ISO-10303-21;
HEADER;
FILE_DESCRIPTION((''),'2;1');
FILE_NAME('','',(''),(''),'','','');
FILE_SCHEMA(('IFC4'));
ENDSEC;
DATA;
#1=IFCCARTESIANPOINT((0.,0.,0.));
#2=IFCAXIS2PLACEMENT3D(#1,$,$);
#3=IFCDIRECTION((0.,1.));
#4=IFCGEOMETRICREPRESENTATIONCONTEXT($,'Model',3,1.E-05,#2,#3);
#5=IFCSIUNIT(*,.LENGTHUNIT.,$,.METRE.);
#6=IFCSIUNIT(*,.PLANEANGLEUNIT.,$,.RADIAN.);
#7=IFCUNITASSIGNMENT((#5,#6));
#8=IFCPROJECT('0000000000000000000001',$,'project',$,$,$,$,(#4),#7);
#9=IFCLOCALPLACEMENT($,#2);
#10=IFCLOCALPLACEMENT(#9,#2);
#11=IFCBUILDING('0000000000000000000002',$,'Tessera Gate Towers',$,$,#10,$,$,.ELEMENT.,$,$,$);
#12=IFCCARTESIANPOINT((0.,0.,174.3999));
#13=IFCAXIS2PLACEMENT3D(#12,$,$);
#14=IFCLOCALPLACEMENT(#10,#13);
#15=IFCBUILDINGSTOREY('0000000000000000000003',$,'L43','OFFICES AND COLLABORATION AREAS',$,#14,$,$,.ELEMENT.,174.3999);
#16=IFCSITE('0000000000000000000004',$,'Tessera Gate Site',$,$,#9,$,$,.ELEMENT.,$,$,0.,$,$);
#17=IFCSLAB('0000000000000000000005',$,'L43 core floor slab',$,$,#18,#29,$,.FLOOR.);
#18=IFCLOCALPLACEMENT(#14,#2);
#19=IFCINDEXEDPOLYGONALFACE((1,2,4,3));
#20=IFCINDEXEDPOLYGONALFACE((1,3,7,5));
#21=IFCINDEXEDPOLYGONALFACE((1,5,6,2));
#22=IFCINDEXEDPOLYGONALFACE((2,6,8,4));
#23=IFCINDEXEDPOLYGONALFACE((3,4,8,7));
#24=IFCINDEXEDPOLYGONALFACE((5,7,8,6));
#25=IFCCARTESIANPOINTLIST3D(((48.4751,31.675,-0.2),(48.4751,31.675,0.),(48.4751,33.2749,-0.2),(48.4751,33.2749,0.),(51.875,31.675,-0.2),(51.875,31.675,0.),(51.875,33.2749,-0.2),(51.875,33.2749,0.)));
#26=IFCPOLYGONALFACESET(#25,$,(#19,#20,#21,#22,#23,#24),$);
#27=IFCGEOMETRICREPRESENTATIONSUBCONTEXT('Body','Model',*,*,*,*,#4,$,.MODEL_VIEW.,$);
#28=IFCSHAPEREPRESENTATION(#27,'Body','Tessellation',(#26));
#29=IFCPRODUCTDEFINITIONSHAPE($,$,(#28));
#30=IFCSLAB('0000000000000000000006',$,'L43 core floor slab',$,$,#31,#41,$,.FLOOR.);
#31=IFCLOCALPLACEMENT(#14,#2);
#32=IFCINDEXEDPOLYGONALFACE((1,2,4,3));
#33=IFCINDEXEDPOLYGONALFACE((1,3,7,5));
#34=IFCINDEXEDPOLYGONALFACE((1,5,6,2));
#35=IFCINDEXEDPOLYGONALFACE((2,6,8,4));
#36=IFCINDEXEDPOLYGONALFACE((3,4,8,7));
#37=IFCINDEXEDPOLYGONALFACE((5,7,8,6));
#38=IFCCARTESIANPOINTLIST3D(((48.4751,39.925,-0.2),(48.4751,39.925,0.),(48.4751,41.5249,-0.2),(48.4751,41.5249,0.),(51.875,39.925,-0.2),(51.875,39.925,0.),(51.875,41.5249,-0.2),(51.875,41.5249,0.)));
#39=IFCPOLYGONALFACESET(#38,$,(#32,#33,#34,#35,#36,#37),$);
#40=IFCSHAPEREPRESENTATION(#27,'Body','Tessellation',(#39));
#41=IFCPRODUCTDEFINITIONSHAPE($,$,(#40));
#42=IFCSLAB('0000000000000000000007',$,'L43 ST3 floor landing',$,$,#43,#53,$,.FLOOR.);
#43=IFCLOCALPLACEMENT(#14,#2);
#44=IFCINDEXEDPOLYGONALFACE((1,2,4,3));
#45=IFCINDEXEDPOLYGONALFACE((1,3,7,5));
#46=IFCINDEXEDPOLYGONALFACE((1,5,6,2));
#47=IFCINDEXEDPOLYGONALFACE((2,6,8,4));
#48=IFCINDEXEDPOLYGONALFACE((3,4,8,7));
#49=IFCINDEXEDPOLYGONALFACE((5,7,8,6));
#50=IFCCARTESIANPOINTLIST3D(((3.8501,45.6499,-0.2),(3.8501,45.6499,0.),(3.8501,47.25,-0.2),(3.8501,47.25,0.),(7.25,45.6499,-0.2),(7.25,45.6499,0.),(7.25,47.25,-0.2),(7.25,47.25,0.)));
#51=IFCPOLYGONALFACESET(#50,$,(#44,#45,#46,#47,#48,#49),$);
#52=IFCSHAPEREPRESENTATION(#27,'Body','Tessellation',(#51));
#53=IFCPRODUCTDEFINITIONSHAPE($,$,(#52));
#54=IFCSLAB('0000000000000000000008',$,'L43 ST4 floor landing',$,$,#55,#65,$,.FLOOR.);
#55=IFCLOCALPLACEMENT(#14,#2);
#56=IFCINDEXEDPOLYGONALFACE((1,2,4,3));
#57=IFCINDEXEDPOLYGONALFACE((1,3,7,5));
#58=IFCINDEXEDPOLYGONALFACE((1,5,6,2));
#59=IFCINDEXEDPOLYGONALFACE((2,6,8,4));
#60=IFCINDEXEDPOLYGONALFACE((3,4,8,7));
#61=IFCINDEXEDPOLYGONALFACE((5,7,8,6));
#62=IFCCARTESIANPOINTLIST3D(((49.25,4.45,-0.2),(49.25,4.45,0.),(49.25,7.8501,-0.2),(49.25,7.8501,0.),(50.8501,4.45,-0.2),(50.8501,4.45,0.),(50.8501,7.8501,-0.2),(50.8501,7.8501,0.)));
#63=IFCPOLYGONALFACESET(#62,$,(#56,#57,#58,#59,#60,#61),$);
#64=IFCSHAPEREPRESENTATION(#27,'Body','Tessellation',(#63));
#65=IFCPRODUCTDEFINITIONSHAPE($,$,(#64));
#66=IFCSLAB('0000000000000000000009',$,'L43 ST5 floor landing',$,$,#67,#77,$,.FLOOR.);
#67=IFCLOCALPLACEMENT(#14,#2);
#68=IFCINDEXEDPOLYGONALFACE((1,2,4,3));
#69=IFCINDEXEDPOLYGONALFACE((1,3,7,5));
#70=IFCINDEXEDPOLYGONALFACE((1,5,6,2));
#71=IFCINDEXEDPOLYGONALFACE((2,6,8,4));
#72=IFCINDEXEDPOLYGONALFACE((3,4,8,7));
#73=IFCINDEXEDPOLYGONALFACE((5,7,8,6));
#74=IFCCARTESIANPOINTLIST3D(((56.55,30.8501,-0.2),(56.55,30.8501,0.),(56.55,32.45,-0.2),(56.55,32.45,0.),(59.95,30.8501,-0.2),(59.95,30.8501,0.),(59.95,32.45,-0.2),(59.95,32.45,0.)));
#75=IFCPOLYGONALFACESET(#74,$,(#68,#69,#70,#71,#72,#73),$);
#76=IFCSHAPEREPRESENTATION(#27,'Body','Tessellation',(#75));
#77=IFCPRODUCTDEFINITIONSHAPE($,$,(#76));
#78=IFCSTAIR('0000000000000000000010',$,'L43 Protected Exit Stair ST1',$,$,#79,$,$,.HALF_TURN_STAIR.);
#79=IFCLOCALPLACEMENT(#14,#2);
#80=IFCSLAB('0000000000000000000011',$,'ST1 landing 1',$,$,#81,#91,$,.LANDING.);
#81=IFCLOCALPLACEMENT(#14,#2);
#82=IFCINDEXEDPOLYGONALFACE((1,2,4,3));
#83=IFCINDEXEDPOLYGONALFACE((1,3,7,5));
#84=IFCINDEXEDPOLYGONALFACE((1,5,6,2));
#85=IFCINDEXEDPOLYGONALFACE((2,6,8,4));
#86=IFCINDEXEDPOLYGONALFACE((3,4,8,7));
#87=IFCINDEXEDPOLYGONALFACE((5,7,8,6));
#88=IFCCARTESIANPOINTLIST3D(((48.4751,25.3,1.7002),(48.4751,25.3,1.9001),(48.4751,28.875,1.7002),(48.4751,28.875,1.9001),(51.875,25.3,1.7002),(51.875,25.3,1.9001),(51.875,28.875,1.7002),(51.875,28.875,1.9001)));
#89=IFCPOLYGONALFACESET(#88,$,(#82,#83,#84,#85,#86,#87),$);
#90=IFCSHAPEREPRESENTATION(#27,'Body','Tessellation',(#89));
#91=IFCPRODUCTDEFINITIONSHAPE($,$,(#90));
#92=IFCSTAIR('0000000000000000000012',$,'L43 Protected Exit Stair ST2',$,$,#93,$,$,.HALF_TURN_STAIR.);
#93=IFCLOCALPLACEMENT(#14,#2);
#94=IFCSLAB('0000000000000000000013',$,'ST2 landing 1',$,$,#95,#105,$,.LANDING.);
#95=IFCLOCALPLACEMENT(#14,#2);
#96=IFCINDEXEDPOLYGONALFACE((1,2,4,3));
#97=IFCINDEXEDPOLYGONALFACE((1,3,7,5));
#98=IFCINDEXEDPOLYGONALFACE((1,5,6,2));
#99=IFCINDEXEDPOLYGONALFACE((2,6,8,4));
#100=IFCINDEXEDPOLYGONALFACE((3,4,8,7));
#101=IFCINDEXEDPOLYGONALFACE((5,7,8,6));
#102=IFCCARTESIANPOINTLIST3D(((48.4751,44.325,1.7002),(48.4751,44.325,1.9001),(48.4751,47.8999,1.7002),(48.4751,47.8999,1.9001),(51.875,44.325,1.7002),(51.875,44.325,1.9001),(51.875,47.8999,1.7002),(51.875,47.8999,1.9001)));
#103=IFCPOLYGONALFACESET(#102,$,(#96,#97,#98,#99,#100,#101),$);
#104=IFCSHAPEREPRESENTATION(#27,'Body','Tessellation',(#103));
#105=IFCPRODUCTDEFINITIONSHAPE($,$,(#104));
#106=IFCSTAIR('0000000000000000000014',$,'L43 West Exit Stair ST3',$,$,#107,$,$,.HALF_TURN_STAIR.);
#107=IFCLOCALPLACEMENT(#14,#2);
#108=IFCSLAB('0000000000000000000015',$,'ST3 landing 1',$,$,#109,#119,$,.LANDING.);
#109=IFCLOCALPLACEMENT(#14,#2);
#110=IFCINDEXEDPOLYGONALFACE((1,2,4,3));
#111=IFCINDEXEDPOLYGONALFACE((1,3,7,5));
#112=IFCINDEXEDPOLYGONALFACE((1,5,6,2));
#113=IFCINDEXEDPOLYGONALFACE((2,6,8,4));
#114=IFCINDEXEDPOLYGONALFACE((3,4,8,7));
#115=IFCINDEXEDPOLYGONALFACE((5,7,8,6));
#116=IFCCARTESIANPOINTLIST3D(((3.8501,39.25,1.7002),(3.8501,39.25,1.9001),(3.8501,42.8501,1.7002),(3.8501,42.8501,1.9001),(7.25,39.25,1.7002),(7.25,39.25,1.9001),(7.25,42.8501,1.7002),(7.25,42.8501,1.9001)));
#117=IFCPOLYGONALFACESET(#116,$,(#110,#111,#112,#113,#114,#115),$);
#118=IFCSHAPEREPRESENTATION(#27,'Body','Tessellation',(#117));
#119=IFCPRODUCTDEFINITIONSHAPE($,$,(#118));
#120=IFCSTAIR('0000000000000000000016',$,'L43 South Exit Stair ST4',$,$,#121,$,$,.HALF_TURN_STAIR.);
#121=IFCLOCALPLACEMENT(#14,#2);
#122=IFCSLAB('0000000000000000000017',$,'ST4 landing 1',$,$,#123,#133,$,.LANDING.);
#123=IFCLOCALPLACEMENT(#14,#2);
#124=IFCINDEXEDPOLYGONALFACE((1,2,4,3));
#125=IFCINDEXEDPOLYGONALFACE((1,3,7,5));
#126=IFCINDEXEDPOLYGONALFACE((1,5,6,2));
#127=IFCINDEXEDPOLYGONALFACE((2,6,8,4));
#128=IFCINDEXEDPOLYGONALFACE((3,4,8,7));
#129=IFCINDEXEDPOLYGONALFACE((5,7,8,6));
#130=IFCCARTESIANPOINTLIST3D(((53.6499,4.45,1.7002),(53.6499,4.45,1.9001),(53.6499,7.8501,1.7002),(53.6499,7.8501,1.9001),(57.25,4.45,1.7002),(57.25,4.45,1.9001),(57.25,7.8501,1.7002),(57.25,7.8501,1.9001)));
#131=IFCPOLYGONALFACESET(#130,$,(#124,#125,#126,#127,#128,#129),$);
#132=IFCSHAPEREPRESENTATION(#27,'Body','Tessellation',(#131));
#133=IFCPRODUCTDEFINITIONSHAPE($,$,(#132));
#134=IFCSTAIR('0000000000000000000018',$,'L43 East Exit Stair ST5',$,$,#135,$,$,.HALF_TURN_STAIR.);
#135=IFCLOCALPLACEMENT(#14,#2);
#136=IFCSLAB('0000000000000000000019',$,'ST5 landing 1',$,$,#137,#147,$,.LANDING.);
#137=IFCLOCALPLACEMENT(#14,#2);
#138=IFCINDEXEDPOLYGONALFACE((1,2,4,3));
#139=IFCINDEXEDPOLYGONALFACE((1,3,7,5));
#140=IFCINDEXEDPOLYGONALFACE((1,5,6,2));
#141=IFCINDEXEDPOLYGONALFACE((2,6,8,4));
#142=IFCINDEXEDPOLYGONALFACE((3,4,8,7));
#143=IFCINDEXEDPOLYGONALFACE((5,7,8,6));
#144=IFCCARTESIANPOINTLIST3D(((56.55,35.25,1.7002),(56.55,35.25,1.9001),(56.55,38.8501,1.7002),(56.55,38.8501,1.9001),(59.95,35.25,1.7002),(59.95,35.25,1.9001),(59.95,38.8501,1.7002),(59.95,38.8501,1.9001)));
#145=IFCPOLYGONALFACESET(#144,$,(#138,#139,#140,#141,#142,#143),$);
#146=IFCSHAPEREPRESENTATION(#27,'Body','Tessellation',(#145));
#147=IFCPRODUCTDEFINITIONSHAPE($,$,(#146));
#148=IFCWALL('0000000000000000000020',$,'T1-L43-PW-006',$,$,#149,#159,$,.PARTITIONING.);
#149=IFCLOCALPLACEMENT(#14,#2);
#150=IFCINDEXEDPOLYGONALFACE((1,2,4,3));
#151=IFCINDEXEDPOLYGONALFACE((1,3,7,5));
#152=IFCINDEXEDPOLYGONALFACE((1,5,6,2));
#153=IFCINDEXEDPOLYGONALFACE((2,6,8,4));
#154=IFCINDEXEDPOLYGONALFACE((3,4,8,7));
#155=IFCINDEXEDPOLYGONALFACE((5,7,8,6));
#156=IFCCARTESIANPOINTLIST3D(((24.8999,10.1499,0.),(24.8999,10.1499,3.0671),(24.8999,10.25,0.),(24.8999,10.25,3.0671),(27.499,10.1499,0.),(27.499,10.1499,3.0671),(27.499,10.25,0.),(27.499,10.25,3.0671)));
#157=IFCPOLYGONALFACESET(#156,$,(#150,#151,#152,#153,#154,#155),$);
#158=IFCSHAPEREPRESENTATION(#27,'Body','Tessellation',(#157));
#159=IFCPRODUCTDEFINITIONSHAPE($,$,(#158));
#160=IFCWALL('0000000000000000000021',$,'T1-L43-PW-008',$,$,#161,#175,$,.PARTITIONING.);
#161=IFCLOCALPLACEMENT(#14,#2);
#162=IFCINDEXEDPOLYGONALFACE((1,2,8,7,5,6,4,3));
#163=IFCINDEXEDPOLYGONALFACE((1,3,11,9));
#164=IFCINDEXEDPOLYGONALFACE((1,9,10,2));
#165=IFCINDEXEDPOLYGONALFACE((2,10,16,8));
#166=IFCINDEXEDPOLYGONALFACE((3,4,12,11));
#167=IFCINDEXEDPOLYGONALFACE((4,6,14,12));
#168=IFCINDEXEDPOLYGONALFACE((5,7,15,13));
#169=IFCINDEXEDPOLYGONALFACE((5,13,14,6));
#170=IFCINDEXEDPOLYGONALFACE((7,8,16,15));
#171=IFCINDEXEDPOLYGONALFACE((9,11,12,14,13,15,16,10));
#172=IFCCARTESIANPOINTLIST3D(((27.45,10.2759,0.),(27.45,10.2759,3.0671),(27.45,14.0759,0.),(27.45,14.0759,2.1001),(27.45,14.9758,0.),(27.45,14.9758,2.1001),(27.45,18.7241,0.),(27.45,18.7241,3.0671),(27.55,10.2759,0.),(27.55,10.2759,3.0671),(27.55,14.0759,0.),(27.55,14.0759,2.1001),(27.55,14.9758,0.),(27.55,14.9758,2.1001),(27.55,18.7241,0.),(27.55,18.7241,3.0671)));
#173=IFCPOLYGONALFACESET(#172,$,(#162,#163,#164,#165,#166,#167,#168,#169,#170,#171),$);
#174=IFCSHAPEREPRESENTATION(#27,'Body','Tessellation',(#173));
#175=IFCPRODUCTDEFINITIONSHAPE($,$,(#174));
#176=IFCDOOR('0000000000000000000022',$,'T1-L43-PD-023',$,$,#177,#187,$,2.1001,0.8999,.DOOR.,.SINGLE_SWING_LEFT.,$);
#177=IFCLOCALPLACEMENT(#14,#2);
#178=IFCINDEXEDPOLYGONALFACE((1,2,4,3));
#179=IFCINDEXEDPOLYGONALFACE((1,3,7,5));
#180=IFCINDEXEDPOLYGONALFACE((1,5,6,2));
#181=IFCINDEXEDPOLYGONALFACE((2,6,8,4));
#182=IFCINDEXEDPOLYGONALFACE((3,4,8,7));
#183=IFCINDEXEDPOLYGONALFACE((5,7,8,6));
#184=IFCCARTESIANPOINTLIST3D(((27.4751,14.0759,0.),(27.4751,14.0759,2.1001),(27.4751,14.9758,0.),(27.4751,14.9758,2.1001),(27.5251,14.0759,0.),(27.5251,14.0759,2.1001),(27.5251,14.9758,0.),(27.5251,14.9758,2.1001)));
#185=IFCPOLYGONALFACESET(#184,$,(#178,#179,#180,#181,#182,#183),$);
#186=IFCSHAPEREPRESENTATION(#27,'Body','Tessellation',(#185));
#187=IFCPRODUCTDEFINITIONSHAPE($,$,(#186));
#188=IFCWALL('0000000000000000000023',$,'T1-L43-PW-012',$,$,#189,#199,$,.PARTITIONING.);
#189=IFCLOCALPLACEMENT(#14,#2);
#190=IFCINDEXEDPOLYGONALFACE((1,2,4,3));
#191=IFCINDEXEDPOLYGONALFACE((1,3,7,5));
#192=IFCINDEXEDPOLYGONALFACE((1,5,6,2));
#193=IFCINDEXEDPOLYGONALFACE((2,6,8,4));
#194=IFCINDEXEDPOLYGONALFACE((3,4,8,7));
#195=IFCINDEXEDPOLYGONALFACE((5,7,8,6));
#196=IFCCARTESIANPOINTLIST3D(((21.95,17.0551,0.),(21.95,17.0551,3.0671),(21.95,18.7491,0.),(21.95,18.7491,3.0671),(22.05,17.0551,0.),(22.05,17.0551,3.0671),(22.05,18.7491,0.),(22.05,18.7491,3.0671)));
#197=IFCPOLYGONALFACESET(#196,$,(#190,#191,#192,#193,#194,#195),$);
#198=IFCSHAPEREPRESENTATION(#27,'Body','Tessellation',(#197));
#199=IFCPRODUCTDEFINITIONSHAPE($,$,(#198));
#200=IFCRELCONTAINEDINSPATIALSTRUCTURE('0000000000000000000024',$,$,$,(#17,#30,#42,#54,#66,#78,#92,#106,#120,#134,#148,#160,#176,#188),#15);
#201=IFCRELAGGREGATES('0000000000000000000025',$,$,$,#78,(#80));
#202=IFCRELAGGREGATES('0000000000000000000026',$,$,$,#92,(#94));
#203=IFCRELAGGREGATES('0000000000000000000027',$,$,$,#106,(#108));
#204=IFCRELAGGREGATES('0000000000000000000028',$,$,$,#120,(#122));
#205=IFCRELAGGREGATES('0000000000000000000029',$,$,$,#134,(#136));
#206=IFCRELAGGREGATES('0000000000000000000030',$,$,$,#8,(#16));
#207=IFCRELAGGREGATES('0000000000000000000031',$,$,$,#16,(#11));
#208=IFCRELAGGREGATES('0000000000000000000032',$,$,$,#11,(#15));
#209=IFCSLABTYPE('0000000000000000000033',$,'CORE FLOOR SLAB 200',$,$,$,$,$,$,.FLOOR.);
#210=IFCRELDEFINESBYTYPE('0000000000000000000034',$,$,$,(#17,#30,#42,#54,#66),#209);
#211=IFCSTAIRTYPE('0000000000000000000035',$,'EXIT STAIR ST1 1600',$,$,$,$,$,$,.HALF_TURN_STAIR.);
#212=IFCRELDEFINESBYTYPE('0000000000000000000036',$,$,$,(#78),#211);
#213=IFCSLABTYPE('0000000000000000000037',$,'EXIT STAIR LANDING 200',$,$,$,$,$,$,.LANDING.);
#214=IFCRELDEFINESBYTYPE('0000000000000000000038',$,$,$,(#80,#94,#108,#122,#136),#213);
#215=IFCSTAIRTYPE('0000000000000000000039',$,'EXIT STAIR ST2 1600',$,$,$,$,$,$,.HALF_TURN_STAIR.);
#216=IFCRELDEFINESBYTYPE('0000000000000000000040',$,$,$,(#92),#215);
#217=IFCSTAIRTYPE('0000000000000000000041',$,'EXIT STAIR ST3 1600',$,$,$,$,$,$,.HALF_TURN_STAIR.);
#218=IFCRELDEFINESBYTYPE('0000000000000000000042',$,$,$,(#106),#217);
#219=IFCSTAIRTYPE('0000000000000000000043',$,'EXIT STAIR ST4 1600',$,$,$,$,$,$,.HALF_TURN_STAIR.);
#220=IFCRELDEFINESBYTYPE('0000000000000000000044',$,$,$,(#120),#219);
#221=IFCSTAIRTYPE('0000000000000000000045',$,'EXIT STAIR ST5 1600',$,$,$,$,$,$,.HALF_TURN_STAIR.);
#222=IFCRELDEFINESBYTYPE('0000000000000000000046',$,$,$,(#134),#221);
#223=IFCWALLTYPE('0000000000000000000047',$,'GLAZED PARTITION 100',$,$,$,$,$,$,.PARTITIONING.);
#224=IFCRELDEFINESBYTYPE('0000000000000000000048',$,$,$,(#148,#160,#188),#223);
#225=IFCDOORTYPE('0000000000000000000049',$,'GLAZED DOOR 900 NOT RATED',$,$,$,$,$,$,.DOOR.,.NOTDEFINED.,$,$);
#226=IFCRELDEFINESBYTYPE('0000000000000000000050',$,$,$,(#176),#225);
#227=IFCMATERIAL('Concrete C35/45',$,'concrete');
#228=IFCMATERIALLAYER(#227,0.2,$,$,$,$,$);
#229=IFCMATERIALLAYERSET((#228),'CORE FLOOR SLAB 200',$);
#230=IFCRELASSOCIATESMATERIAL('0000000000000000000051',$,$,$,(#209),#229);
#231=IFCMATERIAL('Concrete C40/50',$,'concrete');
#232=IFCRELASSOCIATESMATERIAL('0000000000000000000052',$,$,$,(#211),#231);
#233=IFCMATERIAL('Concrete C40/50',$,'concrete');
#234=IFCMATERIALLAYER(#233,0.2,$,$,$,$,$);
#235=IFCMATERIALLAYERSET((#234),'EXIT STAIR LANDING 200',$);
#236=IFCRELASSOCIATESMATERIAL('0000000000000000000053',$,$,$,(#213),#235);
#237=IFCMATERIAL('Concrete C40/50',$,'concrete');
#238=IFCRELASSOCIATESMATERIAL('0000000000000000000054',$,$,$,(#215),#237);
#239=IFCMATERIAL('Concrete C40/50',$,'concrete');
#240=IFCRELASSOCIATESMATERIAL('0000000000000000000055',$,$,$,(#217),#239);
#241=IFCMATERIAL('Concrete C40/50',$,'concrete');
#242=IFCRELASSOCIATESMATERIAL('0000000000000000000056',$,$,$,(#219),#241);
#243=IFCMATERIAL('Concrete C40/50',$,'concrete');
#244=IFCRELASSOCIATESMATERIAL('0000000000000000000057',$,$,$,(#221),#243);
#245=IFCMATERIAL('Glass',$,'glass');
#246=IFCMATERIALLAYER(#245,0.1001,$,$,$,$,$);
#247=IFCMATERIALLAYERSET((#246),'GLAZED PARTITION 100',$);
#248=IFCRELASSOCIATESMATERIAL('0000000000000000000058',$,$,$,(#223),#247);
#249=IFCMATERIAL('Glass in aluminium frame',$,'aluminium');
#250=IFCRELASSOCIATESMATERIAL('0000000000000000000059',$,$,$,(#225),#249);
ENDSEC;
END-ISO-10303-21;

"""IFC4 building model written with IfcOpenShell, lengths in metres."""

from ifc_helpers import new_model, si_unit, direction, frame, frame_2d, origin, place, context, subcontext, project, spatial, polyline, rectangle, outline, extrude, source, transform, mapped, material, layer, layer_set, type_object, element, fill, aggregate, save


model = new_model("IFC4")

# Units and contexts
model_context = context("Model", 3, precision=1e-05, world=origin(), true_north=direction((0.0, 1.0)))
body_context = subcontext(model_context, "Body", "Model", "MODEL_VIEW")
ifc_project = project(units=[si_unit("LENGTHUNIT", "METRE"), si_unit("PLANEANGLEUNIT", "RADIAN")], contexts=[model_context])

# Site, building, storey
site_placement = place(None, origin())
site = spatial("IfcSite", under=ifc_project, at=site_placement, Name="Tessera Gate Site", CompositionType="ELEMENT", RefElevation=0.0)
building_placement = place(site_placement, origin())
building = spatial("IfcBuilding", under=site, at=building_placement, Name="Tessera Gate Towers", CompositionType="ELEMENT")
storey_placement = place(building_placement, frame((0.0, 0.0, 174.3999)))
storey = spatial("IfcBuildingStorey", under=building, at=storey_placement, Name="L43", Description="OFFICES AND COLLABORATION AREAS", CompositionType="ELEMENT", Elevation=174.3999)

# Slabs
ifc_material_1 = material(Name="Concrete C35/45", Category="concrete")
ifc_layer_1 = layer(ifc_material_1, 0.2)
ifc_layer_set_1 = layer_set([ifc_layer_1], Name="CORE FLOOR SLAB 200")
slab_type_1 = type_object("IfcSlabType", Name="CORE FLOOR SLAB 200", PredefinedType="FLOOR", material=ifc_layer_set_1)
slab_1_placement = place(storey_placement, frame((0.0, 0.0, -0.2)))
element("IfcSlab", 1, at=slab_1_placement, inside=storey, type_object=slab_type_1, Name="L43 core floor slab", PredefinedType="FLOOR", context=body_context, shape_type="SweptSolid", body=[
    extrude(outline(polyline([(51.875, 31.675), (51.875, 33.2749), (48.4751, 33.2749), (48.4751, 31.675), (51.875, 31.675)])), origin(), (0.0, 0.0, 1.0), 0.2),
])
slab_2_placement = place(storey_placement, frame((0.0, 0.0, -0.2)))
element("IfcSlab", 2, at=slab_2_placement, inside=storey, type_object=slab_type_1, Name="L43 core floor slab", PredefinedType="FLOOR", context=body_context, shape_type="SweptSolid", body=[
    extrude(outline(polyline([(48.4751, 41.5249), (48.4751, 39.925), (51.875, 39.925), (51.875, 41.5249), (48.4751, 41.5249)])), origin(), (0.0, 0.0, 1.0), 0.2),
])
slab_3_placement = place(storey_placement, frame((0.0, 0.0, -0.2)))
element("IfcSlab", 3, at=slab_3_placement, inside=storey, type_object=slab_type_1, Name="L43 ST3 floor landing", PredefinedType="FLOOR", context=body_context, shape_type="SweptSolid", body=[
    extrude(outline(polyline([(3.8501, 47.25), (3.8501, 45.6499), (7.25, 45.6499), (7.25, 47.25), (3.8501, 47.25)])), origin(), (0.0, 0.0, 1.0), 0.2),
])
slab_4_placement = place(storey_placement, frame((0.0, 0.0, -0.2)))
element("IfcSlab", 4, at=slab_4_placement, inside=storey, type_object=slab_type_1, Name="L43 ST4 floor landing", PredefinedType="FLOOR", context=body_context, shape_type="SweptSolid", body=[
    extrude(outline(polyline([(49.25, 4.45), (50.8501, 4.45), (50.8501, 7.8501), (49.25, 7.8501), (49.25, 4.45)])), origin(), (0.0, 0.0, 1.0), 0.2),
])
slab_5_placement = place(storey_placement, frame((0.0, 0.0, -0.2)))
element("IfcSlab", 5, at=slab_5_placement, inside=storey, type_object=slab_type_1, Name="L43 ST5 floor landing", PredefinedType="FLOOR", context=body_context, shape_type="SweptSolid", body=[
    extrude(outline(polyline([(59.95, 30.8501), (59.95, 32.45), (56.55, 32.45), (56.55, 30.8501), (59.95, 30.8501)])), origin(), (0.0, 0.0, 1.0), 0.2),
])

# Stairs, slabs
ifc_material_2 = material(Name="Concrete C40/50", Category="concrete")
stair_type_1 = type_object("IfcStairType", Name="EXIT STAIR ST1 1600", PredefinedType="HALF_TURN_STAIR", material=ifc_material_2)
stair_1_placement = place(storey_placement, origin())
stair_1 = element("IfcStair", 6, at=stair_1_placement, inside=storey, type_object=stair_type_1, Name="L43 Protected Exit Stair ST1", PredefinedType="HALF_TURN_STAIR")
ifc_material_3 = material(Name="Concrete C40/50", Category="concrete")
ifc_layer_2 = layer(ifc_material_3, 0.2)
ifc_layer_set_2 = layer_set([ifc_layer_2], Name="EXIT STAIR LANDING 200")
slab_type_2 = type_object("IfcSlabType", Name="EXIT STAIR LANDING 200", PredefinedType="LANDING", material=ifc_layer_set_2)
slab_6_placement = place(storey_placement, frame((0.0, 0.0, 1.7002)))
slab_6 = element("IfcSlab", 7, at=slab_6_placement, type_object=slab_type_2, Name="ST1 landing 1", PredefinedType="LANDING", context=body_context, shape_type="SweptSolid", body=[
    extrude(outline(polyline([(48.4751, 28.875), (48.4751, 25.3), (51.875, 25.3), (51.875, 28.875), (48.4751, 28.875)])), origin(), (0.0, 0.0, 1.0), 0.2),
])
aggregate(stair_1, [slab_6])
ifc_material_4 = material(Name="Concrete C40/50", Category="concrete")
stair_type_2 = type_object("IfcStairType", Name="EXIT STAIR ST2 1600", PredefinedType="HALF_TURN_STAIR", material=ifc_material_4)
stair_2_placement = place(storey_placement, origin())
stair_2 = element("IfcStair", 8, at=stair_2_placement, inside=storey, type_object=stair_type_2, Name="L43 Protected Exit Stair ST2", PredefinedType="HALF_TURN_STAIR")
slab_7_placement = place(storey_placement, frame((0.0, 0.0, 1.7002)))
slab_7 = element("IfcSlab", 9, at=slab_7_placement, type_object=slab_type_2, Name="ST2 landing 1", PredefinedType="LANDING", context=body_context, shape_type="SweptSolid", body=[
    extrude(outline(polyline([(51.875, 44.325), (51.875, 47.8999), (48.4751, 47.8999), (48.4751, 44.325), (51.875, 44.325)])), origin(), (0.0, 0.0, 1.0), 0.2),
])
aggregate(stair_2, [slab_7])
ifc_material_5 = material(Name="Concrete C40/50", Category="concrete")
stair_type_3 = type_object("IfcStairType", Name="EXIT STAIR ST3 1600", PredefinedType="HALF_TURN_STAIR", material=ifc_material_5)
stair_3_placement = place(storey_placement, origin())
stair_3 = element("IfcStair", 10, at=stair_3_placement, inside=storey, type_object=stair_type_3, Name="L43 West Exit Stair ST3", PredefinedType="HALF_TURN_STAIR")
slab_8_placement = place(storey_placement, frame((0.0, 0.0, 1.7002)))
slab_8 = element("IfcSlab", 11, at=slab_8_placement, type_object=slab_type_2, Name="ST3 landing 1", PredefinedType="LANDING", context=body_context, shape_type="SweptSolid", body=[
    extrude(outline(polyline([(3.8501, 42.8501), (3.8501, 39.25), (7.25, 39.25), (7.25, 42.8501), (3.8501, 42.8501)])), origin(), (0.0, 0.0, 1.0), 0.2),
])
aggregate(stair_3, [slab_8])
ifc_material_6 = material(Name="Concrete C40/50", Category="concrete")
stair_type_4 = type_object("IfcStairType", Name="EXIT STAIR ST4 1600", PredefinedType="HALF_TURN_STAIR", material=ifc_material_6)
stair_4_placement = place(storey_placement, origin())
stair_4 = element("IfcStair", 12, at=stair_4_placement, inside=storey, type_object=stair_type_4, Name="L43 South Exit Stair ST4", PredefinedType="HALF_TURN_STAIR")
slab_9_placement = place(storey_placement, frame((0.0, 0.0, 1.7002)))
slab_9 = element("IfcSlab", 13, at=slab_9_placement, type_object=slab_type_2, Name="ST4 landing 1", PredefinedType="LANDING", context=body_context, shape_type="SweptSolid", body=[
    extrude(outline(polyline([(53.6499, 4.45), (57.25, 4.45), (57.25, 7.8501), (53.6499, 7.8501), (53.6499, 4.45)])), origin(), (0.0, 0.0, 1.0), 0.2),
])
aggregate(stair_4, [slab_9])
ifc_material_7 = material(Name="Concrete C40/50", Category="concrete")
stair_type_5 = type_object("IfcStairType", Name="EXIT STAIR ST5 1600", PredefinedType="HALF_TURN_STAIR", material=ifc_material_7)
stair_5_placement = place(storey_placement, origin())
stair_5 = element("IfcStair", 14, at=stair_5_placement, inside=storey, type_object=stair_type_5, Name="L43 East Exit Stair ST5", PredefinedType="HALF_TURN_STAIR")
slab_10_placement = place(storey_placement, frame((0.0, 0.0, 1.7002)))
slab_10 = element("IfcSlab", 15, at=slab_10_placement, type_object=slab_type_2, Name="ST5 landing 1", PredefinedType="LANDING", context=body_context, shape_type="SweptSolid", body=[
    extrude(outline(polyline([(59.95, 35.25), (59.95, 38.8501), (56.55, 38.8501), (56.55, 35.25), (59.95, 35.25)])), origin(), (0.0, 0.0, 1.0), 0.2),
])
aggregate(stair_5, [slab_10])

# Wall
ifc_material_8 = material(Name="Glass", Category="glass")
ifc_layer_3 = layer(ifc_material_8, 0.1001)
ifc_layer_set_3 = layer_set([ifc_layer_3], Name="GLAZED PARTITION 100")
wall_type_1 = type_object("IfcWallType", Name="GLAZED PARTITION 100", PredefinedType="PARTITIONING", material=ifc_layer_set_3)
wall_1_placement = place(storey_placement, frame((24.8999, 10.2, 0.0), z_axis=(0.0, 0.0, 1.0), x_axis=(1.0, 0.0, 0.0)))
element("IfcWall", 16, at=wall_1_placement, inside=storey, type_object=wall_type_1, Name="T1-L43-PW-006", PredefinedType="PARTITIONING", context=body_context, shape_type="SweptSolid", body=[
    extrude(rectangle(XDim=2.5991, YDim=0.1001, at=frame_2d((1.2996, 0.0))), origin(), (0.0, 0.0, 1.0), 3.0671),
])

# Wall, opening, door
wall_2_placement = place(storey_placement, frame((27.5, 10.2759, 0.0), z_axis=(0.0, 0.0, 1.0), x_axis=(0.0, 1.0, 0.0)))
wall_2 = element("IfcWall", 17, at=wall_2_placement, inside=storey, type_object=wall_type_1, Name="T1-L43-PW-008", PredefinedType="PARTITIONING", context=body_context, shape_type="SweptSolid", body=[
    extrude(rectangle(XDim=8.4482, YDim=0.1001, at=frame_2d((4.2241, 0.0))), origin(), (0.0, 0.0, 1.0), 3.0671),
])
shared_shape_1 = source(origin(), body_context, "Body", "SweptSolid", [
    extrude(rectangle(XDim=0.8999, YDim=2.1001, at=frame_2d((0.45, 1.05))), frame((0.0, 0.0601, 0.0), z_axis=(0.0, -1.0, 0.0), x_axis=(1.0, 0.0, 0.0)), (0.0, 0.0, 1.0), 0.1201),
])
opening_placement = place(wall_2_placement, frame((3.8, 0.0, 0.0)))
opening = element("IfcOpeningElement", 18, at=opening_placement, cuts=wall_2, PredefinedType="OPENING", context=body_context, shape_type="MappedRepresentation", body=[
    mapped(shared_shape_1, transform((0.0, 0.0, 0.0), scale=1.0)),
])
ifc_material_9 = material(Name="Glass in aluminium frame", Category="aluminium")
door_type = type_object("IfcDoorType", Name="GLAZED DOOR 900 NOT RATED", OperationType="NOTDEFINED", PredefinedType="DOOR", material=ifc_material_9)
shared_shape_2 = source(origin(), body_context, "Body", "SweptSolid", [
    extrude(rectangle(XDim=0.8999, YDim=2.1001, at=frame_2d((0.45, 1.05))), frame((0.0, 0.0249, 0.0), z_axis=(0.0, -1.0, 0.0), x_axis=(1.0, 0.0, 0.0)), (0.0, 0.0, 1.0), 0.05),
])
door_placement = place(opening_placement, origin())
door = element("IfcDoor", 19, at=door_placement, inside=storey, type_object=door_type, Name="T1-L43-PD-023", OperationType="SINGLE_SWING_LEFT", OverallHeight=2.1001, OverallWidth=0.8999, PredefinedType="DOOR", context=body_context, shape_type="MappedRepresentation", body=[
    mapped(shared_shape_2, transform((0.0, 0.0, 0.0), scale=1.0)),
])
fill(opening, door)

# Wall
wall_3_placement = place(storey_placement, frame((22.0, 17.0549, 0.0), z_axis=(0.0, 0.0, 1.0), x_axis=(0.0, 1.0, 0.0)))
element("IfcWall", 20, at=wall_3_placement, inside=storey, type_object=wall_type_1, Name="T1-L43-PW-012", PredefinedType="PARTITIONING", context=body_context, shape_type="SweptSolid", body=[
    extrude(rectangle(XDim=1.6941, YDim=0.1001, at=frame_2d((0.8472, 0.0))), origin(), (0.0, 0.0, 1.0), 3.0671),
])

save(model, "model.ifc")
